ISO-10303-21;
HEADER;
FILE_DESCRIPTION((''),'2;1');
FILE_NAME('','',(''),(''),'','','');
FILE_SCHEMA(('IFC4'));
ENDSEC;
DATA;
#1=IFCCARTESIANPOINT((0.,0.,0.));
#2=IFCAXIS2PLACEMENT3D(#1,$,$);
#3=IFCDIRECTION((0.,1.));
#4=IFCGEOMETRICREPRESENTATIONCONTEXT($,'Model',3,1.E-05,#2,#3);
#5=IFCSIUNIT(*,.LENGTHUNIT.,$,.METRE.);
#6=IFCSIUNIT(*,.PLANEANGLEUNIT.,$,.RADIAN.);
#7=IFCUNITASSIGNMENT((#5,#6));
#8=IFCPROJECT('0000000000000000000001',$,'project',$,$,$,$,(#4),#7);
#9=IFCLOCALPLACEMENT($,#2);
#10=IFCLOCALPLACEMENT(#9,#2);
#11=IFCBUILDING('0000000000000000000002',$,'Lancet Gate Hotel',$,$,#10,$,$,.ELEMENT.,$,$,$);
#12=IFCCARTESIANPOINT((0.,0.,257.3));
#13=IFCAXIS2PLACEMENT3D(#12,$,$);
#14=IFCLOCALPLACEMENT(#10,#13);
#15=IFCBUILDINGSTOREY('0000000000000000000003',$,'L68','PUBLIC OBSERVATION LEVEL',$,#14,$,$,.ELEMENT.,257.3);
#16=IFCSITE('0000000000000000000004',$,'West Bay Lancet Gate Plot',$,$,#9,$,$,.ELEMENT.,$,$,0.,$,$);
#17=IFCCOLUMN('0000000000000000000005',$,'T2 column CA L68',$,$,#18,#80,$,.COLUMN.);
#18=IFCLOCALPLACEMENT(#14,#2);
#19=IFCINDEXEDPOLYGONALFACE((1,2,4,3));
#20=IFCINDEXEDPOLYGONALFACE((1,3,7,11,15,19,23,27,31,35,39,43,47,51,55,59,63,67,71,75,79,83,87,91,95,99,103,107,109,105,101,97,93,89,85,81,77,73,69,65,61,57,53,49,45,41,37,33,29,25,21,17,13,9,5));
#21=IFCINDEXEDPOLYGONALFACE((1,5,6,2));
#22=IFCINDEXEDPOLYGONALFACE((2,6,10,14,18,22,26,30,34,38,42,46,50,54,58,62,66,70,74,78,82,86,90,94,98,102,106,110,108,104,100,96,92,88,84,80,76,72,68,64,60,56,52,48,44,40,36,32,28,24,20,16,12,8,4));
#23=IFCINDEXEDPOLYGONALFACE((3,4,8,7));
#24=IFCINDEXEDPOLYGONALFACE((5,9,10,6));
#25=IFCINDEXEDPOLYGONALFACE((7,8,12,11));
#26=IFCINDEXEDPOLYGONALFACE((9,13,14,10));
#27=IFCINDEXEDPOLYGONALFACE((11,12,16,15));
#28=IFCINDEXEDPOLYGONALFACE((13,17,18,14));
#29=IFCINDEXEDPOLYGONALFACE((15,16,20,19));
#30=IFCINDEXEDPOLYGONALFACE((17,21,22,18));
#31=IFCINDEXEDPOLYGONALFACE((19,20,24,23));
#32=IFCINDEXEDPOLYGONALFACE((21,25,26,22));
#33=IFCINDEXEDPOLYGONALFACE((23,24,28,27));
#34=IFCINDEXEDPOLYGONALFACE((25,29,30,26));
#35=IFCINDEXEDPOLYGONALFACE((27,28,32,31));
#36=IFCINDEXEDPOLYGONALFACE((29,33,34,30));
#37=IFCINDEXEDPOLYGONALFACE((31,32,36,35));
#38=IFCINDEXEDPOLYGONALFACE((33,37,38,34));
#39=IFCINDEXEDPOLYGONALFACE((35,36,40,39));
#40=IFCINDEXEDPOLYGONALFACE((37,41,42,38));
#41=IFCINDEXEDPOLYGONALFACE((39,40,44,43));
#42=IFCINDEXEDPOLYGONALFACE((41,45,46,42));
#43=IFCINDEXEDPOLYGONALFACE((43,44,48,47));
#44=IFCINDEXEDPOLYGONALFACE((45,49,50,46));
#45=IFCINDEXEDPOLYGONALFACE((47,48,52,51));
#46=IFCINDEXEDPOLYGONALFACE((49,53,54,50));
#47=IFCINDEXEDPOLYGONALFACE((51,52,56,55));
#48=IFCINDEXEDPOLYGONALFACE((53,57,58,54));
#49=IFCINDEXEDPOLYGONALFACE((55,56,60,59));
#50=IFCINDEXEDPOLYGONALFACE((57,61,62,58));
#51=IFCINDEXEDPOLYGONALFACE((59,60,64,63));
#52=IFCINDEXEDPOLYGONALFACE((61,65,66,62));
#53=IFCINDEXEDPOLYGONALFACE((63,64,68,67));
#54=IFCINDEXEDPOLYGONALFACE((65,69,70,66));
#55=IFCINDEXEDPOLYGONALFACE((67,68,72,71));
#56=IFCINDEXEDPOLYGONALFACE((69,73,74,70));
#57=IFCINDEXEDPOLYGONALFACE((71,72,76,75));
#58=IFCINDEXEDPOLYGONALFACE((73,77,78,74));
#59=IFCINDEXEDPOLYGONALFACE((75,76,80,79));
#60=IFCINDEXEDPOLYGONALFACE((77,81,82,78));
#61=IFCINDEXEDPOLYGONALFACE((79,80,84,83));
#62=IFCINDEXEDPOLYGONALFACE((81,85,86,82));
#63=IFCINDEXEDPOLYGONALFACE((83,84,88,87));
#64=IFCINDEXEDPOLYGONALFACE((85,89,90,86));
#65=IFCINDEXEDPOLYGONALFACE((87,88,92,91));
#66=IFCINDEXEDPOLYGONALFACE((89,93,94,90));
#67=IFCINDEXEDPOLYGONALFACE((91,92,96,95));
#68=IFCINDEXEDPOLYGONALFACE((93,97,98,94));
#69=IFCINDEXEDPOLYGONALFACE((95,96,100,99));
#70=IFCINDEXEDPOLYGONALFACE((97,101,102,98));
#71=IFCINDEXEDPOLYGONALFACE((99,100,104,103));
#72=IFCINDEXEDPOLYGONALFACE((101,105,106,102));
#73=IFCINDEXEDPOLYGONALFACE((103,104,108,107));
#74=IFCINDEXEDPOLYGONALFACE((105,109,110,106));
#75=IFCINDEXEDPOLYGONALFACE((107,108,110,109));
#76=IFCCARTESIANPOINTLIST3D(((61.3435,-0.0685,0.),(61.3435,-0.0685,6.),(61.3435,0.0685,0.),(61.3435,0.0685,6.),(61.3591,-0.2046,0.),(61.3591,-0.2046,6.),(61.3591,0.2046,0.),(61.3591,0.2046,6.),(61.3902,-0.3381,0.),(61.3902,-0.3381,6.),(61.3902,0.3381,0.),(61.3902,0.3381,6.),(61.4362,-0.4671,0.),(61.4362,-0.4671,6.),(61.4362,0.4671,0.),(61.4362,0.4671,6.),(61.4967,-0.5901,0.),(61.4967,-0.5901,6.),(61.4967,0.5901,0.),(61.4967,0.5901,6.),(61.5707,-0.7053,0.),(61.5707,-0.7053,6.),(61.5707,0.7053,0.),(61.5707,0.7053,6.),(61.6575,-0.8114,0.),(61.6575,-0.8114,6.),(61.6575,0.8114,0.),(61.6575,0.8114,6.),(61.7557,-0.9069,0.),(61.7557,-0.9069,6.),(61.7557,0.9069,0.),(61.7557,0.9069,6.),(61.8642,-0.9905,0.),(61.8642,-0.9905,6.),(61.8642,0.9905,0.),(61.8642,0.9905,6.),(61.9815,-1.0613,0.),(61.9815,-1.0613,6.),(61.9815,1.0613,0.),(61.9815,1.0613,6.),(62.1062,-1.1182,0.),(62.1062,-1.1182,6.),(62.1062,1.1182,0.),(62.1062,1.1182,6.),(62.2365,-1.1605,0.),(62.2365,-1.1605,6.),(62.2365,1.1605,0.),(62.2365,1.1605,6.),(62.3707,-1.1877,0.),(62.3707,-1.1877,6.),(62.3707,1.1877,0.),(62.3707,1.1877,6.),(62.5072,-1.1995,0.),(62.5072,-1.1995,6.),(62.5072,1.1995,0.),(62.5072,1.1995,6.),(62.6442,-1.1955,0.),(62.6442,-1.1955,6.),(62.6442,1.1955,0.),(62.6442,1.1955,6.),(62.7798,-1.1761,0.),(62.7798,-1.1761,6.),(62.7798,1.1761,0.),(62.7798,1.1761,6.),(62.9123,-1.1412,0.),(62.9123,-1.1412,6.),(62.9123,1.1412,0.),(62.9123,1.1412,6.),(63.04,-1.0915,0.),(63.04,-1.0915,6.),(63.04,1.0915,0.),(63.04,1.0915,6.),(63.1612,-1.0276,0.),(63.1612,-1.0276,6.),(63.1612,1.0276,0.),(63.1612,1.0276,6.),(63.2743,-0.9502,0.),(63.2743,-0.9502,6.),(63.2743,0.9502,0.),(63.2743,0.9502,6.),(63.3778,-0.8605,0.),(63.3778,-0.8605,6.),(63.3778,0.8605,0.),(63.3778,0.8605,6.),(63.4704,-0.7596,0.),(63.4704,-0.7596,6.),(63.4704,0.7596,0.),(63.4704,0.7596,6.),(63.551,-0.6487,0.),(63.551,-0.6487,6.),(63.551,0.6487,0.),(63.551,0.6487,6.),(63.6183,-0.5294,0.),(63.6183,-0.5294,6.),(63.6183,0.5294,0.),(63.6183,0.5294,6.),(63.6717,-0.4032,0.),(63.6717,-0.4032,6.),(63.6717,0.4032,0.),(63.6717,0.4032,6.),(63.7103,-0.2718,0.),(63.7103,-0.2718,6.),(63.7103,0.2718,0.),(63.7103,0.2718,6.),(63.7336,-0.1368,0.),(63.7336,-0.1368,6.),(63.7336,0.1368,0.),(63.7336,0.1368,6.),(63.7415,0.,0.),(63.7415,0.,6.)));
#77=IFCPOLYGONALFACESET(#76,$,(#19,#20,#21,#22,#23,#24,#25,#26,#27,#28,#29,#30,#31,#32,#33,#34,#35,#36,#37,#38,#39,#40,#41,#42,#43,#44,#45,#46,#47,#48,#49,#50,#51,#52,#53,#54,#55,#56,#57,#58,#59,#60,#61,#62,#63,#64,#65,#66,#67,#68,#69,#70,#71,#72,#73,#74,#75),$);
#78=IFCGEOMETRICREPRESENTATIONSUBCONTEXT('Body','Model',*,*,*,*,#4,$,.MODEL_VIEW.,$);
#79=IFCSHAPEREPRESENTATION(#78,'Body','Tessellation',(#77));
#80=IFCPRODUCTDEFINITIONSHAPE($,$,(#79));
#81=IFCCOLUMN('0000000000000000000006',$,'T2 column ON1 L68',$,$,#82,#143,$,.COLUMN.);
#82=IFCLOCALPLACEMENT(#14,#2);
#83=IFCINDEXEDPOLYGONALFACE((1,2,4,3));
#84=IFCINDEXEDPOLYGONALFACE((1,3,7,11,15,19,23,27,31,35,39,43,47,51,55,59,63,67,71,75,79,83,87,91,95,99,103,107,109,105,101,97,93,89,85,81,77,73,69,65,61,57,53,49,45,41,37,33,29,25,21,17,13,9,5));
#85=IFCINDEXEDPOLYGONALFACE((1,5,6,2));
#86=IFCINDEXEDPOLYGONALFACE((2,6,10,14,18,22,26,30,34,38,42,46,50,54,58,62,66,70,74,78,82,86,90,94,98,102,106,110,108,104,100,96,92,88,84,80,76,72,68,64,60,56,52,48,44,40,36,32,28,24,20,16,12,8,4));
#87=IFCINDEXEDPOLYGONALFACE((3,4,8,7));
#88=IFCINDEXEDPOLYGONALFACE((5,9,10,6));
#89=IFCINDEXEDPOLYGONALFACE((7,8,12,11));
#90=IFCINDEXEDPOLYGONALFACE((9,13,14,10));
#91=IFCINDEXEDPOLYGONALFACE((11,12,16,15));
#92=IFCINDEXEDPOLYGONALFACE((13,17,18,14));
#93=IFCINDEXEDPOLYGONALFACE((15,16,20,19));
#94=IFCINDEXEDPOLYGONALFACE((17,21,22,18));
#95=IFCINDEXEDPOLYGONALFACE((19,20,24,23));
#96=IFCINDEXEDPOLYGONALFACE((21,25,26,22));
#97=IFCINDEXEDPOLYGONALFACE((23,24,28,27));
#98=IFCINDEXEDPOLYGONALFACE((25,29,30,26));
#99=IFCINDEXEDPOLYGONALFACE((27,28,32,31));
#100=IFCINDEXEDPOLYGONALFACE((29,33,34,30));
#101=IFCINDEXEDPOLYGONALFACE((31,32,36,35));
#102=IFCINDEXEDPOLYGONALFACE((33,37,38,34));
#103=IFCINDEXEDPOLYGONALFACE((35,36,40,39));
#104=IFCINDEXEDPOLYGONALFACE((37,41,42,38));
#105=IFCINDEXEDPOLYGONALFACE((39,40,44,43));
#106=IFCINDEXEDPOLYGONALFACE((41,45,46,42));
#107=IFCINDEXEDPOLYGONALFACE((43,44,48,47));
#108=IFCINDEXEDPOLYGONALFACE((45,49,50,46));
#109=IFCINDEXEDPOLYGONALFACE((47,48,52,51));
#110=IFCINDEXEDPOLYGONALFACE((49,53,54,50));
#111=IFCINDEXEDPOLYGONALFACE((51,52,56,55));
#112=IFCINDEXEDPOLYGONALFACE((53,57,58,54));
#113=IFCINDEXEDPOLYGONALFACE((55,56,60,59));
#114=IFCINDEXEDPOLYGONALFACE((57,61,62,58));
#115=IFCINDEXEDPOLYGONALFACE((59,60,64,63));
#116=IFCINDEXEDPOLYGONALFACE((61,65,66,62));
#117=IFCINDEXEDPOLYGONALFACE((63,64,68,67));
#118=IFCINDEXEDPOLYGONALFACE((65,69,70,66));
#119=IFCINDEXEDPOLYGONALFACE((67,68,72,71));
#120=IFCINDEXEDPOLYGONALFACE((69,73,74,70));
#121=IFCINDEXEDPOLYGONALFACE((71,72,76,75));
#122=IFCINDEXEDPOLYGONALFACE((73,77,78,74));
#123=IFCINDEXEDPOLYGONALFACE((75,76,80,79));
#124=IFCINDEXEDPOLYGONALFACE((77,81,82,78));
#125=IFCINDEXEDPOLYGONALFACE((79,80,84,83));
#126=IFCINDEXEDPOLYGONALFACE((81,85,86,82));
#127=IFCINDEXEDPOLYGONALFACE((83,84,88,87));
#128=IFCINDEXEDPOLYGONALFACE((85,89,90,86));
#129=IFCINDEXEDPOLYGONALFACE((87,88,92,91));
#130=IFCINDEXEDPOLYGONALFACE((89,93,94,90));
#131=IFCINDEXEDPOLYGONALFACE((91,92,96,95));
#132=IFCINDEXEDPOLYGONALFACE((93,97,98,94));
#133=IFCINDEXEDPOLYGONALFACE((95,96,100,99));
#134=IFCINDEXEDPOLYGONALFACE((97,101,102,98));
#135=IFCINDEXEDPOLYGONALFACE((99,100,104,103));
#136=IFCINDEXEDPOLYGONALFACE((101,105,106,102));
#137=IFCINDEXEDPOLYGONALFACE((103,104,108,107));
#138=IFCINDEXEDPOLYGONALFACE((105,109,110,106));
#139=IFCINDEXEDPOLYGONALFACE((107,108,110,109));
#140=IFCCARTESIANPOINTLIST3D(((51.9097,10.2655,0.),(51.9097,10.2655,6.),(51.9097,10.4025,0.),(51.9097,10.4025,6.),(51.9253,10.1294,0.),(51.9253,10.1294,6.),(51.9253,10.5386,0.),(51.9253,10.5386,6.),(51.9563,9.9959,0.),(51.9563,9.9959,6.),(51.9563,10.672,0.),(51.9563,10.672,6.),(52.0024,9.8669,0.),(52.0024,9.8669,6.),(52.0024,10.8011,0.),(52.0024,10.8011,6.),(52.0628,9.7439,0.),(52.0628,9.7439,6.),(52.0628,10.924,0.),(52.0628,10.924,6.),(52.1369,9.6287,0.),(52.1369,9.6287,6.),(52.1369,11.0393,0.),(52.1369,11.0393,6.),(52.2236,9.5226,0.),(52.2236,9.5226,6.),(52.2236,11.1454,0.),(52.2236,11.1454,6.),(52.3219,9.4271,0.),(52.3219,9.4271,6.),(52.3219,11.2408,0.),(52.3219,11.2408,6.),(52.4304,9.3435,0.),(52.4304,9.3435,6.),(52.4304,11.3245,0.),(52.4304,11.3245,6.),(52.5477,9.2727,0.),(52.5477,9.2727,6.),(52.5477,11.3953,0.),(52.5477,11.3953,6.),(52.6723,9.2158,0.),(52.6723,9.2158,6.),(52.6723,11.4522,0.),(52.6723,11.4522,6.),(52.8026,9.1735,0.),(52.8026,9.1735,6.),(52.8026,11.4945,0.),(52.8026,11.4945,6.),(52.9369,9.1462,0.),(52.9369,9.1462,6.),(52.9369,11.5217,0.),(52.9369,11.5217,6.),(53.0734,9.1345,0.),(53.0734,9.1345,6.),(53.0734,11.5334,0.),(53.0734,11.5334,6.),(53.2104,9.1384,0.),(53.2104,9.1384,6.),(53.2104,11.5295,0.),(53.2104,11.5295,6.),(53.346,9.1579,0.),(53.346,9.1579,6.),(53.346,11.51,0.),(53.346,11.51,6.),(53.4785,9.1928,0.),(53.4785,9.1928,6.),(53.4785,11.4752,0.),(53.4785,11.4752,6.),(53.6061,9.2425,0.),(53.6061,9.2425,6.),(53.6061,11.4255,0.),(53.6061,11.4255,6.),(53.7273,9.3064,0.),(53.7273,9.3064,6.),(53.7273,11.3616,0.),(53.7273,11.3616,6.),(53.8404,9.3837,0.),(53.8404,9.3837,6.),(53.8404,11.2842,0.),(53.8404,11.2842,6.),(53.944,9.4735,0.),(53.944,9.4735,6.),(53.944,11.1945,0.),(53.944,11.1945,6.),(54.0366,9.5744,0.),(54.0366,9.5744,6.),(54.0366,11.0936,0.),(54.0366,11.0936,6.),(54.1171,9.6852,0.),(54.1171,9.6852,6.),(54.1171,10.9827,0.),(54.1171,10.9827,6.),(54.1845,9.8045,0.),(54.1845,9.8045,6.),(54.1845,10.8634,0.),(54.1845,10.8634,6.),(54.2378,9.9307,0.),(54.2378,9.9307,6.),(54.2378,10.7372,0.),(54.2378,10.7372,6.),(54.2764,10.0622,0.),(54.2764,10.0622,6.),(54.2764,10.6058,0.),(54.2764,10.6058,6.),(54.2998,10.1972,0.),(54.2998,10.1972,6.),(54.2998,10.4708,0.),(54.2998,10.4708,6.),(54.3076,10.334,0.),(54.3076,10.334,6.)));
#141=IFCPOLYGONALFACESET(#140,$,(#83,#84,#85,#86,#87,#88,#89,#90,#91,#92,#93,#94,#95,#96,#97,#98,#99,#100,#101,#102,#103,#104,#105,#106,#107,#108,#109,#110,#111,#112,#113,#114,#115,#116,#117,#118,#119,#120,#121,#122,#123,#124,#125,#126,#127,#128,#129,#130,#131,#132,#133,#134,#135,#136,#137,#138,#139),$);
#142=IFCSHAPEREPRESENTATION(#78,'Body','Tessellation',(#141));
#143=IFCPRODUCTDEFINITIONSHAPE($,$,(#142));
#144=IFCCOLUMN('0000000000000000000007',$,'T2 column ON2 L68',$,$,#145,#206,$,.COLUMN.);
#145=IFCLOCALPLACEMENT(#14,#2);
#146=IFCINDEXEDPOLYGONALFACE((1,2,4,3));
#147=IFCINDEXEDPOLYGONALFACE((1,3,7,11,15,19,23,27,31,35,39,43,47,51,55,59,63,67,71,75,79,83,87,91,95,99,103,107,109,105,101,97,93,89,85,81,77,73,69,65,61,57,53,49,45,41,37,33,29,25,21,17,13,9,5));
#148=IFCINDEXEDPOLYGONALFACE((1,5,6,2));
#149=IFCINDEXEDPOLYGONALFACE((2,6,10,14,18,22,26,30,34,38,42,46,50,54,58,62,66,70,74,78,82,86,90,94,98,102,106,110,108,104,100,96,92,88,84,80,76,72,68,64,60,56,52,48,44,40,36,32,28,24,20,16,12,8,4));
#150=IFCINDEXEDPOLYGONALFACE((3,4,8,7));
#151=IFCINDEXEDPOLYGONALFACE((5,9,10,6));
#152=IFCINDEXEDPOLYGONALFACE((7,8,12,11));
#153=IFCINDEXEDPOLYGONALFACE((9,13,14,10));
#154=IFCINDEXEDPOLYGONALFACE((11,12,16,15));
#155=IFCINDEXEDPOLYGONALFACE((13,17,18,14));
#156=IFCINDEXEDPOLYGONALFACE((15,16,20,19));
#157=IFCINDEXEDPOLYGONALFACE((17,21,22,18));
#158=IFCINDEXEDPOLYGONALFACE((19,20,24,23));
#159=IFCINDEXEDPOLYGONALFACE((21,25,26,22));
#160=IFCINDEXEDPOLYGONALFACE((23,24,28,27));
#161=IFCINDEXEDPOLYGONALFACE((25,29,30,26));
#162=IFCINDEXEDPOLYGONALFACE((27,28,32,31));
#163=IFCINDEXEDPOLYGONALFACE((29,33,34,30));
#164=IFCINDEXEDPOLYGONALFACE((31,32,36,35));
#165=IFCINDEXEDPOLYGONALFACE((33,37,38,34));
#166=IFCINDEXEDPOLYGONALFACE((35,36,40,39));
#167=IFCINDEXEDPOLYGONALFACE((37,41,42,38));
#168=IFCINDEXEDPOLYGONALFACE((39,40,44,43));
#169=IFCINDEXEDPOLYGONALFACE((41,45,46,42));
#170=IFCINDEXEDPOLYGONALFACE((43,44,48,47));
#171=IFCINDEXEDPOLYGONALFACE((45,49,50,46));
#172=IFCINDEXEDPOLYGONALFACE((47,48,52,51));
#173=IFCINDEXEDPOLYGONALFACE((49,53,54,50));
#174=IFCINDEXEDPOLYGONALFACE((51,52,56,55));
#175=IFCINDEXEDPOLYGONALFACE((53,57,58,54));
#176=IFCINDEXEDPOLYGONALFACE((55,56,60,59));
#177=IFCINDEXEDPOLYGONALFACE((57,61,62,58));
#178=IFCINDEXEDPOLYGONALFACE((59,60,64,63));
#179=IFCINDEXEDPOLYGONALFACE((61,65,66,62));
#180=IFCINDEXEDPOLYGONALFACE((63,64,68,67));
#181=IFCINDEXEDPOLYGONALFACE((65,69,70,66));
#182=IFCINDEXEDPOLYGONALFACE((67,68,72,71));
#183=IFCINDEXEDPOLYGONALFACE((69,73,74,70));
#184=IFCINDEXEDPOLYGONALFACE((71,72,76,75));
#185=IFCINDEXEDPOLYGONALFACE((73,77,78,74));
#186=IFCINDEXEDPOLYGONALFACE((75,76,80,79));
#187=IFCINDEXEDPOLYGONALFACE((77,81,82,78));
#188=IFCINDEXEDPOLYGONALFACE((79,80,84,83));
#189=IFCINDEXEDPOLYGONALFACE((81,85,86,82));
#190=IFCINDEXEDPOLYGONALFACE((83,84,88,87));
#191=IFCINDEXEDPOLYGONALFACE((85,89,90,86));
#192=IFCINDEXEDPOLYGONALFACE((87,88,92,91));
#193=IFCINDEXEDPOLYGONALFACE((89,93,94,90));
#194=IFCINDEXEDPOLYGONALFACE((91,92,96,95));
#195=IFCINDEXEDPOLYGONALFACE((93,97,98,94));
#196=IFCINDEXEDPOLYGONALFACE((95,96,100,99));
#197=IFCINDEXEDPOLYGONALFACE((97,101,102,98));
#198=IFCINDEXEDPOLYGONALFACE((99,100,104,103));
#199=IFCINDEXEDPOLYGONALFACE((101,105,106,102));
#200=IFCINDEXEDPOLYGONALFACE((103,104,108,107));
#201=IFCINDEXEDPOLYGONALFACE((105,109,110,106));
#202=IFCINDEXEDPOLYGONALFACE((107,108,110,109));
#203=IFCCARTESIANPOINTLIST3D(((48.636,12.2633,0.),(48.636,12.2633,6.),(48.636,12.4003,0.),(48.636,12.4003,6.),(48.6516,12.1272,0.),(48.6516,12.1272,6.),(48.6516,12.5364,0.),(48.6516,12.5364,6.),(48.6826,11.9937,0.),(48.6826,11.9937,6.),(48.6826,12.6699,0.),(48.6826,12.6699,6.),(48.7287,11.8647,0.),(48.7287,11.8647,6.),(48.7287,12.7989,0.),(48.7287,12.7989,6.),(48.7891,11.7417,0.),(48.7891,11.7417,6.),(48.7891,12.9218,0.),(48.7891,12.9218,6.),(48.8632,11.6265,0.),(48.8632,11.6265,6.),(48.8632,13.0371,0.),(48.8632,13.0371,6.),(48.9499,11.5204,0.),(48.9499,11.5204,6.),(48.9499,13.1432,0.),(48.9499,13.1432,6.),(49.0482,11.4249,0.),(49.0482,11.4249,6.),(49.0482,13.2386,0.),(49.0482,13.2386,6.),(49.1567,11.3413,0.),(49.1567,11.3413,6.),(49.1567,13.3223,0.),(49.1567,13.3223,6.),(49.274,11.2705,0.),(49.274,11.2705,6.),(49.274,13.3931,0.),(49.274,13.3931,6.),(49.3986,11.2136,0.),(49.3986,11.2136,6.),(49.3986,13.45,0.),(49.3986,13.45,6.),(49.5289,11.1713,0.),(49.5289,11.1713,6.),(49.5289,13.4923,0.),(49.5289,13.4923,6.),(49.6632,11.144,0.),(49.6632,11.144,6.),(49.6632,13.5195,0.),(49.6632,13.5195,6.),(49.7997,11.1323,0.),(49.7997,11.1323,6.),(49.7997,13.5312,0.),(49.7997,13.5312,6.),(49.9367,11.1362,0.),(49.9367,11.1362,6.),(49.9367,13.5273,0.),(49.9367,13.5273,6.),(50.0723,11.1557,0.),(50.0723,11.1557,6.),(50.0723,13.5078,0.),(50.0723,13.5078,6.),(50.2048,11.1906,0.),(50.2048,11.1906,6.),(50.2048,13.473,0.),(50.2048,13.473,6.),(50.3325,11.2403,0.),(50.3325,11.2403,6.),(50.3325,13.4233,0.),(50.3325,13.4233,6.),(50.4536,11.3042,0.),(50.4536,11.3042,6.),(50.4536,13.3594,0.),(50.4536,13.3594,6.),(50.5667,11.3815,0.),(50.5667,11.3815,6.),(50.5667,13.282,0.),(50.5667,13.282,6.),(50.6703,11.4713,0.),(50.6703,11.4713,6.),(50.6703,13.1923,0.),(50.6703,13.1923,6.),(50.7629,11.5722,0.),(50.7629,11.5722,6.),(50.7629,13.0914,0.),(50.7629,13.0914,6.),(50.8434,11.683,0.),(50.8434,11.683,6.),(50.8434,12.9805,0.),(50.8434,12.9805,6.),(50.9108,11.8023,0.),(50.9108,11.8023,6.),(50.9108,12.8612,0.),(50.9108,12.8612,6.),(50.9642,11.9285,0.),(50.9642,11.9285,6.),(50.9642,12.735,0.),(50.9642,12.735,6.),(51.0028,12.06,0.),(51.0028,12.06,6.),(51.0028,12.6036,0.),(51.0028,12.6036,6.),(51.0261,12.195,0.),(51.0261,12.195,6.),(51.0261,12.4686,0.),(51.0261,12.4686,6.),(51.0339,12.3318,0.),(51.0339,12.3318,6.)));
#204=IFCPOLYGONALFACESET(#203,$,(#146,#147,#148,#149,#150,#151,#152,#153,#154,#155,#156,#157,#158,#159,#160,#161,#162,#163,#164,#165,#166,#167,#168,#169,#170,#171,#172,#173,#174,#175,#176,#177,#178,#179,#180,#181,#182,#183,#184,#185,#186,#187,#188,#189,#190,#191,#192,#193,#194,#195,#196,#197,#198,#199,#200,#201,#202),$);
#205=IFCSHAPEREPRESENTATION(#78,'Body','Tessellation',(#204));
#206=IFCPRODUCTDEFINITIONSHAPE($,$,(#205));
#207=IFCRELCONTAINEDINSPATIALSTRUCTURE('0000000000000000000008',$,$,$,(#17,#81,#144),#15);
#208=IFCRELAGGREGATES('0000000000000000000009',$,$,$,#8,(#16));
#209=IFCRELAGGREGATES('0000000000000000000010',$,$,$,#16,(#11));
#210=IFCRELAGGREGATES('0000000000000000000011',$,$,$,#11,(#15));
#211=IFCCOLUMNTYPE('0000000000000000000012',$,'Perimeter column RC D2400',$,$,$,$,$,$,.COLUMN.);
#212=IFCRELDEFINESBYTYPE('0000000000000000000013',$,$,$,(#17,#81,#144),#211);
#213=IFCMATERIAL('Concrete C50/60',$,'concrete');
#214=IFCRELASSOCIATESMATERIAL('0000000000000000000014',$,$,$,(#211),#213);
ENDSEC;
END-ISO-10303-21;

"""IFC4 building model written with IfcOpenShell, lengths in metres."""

from ifc_helpers import new_model, si_unit, direction, frame, origin, origin_2d, place, context, subcontext, project, spatial, circle, extrude, material, material_profile, profile_set, type_object, element, save


model = new_model("IFC4")

# Units and contexts
model_context = context("Model", 3, precision=1e-05, world=origin(), true_north=direction((0.0, 1.0)))
body_context = subcontext(model_context, "Body", "Model", "MODEL_VIEW")
ifc_project = project(units=[si_unit("LENGTHUNIT", "METRE"), si_unit("PLANEANGLEUNIT", "RADIAN")], contexts=[model_context])

# Site, building, storey
site_placement = place(None, origin())
site = spatial("IfcSite", under=ifc_project, at=site_placement, Name="West Bay Lancet Gate Plot", CompositionType="ELEMENT", RefElevation=0.0)
building_placement = place(site_placement, origin())
building = spatial("IfcBuilding", under=site, at=building_placement, Name="Lancet Gate Hotel", CompositionType="ELEMENT")
storey_placement = place(building_placement, frame((0.0, 0.0, 257.3)))
storey = spatial("IfcBuildingStorey", under=building, at=storey_placement, Name="L68", Description="PUBLIC OBSERVATION LEVEL", CompositionType="ELEMENT", Elevation=257.3)

# Columns
ifc_material_1 = material(Name="Concrete C50/60", Category="concrete")
ifc_material_profile_1 = material_profile(ifc_material_1, circle(Radius=1.2, at=origin_2d()), Name="RC D2400")
ifc_profile_set_1 = profile_set([ifc_material_profile_1], Name="Concrete C50/60")
column_type = type_object("IfcColumnType", Name="Perimeter column RC D2400", PredefinedType="COLUMN", material=ifc_profile_set_1)
for number, where, z_axis, x_axis, name in (
    (1, (62.5415, 0.0, 0.0), (0.0, 0.0, 1.0), (1.0, 0.0, 0.0), "T2 column CA L68"),
    (2, (53.1077, 10.334, 0.0), (0.0, 0.0, 1.0), (1.0, 0.0, 0.0), "T2 column ON1 L68"),
    (3, (49.834, 12.3318, 0.0), (0.0, 0.0, 1.0), (1.0, 0.0, 0.0), "T2 column ON2 L68"),
):
    element("IfcColumn", number, at=place(storey_placement, frame(where, z_axis=z_axis, x_axis=x_axis)), inside=storey, type_object=column_type, Name=name, PredefinedType="COLUMN", context=body_context, shape_type="SweptSolid", body=[
        extrude(circle(Radius=1.2, at=origin_2d()), origin(), (0.0, 0.0, 1.0), 6.0),
    ])

save(model, "model.ifc")
